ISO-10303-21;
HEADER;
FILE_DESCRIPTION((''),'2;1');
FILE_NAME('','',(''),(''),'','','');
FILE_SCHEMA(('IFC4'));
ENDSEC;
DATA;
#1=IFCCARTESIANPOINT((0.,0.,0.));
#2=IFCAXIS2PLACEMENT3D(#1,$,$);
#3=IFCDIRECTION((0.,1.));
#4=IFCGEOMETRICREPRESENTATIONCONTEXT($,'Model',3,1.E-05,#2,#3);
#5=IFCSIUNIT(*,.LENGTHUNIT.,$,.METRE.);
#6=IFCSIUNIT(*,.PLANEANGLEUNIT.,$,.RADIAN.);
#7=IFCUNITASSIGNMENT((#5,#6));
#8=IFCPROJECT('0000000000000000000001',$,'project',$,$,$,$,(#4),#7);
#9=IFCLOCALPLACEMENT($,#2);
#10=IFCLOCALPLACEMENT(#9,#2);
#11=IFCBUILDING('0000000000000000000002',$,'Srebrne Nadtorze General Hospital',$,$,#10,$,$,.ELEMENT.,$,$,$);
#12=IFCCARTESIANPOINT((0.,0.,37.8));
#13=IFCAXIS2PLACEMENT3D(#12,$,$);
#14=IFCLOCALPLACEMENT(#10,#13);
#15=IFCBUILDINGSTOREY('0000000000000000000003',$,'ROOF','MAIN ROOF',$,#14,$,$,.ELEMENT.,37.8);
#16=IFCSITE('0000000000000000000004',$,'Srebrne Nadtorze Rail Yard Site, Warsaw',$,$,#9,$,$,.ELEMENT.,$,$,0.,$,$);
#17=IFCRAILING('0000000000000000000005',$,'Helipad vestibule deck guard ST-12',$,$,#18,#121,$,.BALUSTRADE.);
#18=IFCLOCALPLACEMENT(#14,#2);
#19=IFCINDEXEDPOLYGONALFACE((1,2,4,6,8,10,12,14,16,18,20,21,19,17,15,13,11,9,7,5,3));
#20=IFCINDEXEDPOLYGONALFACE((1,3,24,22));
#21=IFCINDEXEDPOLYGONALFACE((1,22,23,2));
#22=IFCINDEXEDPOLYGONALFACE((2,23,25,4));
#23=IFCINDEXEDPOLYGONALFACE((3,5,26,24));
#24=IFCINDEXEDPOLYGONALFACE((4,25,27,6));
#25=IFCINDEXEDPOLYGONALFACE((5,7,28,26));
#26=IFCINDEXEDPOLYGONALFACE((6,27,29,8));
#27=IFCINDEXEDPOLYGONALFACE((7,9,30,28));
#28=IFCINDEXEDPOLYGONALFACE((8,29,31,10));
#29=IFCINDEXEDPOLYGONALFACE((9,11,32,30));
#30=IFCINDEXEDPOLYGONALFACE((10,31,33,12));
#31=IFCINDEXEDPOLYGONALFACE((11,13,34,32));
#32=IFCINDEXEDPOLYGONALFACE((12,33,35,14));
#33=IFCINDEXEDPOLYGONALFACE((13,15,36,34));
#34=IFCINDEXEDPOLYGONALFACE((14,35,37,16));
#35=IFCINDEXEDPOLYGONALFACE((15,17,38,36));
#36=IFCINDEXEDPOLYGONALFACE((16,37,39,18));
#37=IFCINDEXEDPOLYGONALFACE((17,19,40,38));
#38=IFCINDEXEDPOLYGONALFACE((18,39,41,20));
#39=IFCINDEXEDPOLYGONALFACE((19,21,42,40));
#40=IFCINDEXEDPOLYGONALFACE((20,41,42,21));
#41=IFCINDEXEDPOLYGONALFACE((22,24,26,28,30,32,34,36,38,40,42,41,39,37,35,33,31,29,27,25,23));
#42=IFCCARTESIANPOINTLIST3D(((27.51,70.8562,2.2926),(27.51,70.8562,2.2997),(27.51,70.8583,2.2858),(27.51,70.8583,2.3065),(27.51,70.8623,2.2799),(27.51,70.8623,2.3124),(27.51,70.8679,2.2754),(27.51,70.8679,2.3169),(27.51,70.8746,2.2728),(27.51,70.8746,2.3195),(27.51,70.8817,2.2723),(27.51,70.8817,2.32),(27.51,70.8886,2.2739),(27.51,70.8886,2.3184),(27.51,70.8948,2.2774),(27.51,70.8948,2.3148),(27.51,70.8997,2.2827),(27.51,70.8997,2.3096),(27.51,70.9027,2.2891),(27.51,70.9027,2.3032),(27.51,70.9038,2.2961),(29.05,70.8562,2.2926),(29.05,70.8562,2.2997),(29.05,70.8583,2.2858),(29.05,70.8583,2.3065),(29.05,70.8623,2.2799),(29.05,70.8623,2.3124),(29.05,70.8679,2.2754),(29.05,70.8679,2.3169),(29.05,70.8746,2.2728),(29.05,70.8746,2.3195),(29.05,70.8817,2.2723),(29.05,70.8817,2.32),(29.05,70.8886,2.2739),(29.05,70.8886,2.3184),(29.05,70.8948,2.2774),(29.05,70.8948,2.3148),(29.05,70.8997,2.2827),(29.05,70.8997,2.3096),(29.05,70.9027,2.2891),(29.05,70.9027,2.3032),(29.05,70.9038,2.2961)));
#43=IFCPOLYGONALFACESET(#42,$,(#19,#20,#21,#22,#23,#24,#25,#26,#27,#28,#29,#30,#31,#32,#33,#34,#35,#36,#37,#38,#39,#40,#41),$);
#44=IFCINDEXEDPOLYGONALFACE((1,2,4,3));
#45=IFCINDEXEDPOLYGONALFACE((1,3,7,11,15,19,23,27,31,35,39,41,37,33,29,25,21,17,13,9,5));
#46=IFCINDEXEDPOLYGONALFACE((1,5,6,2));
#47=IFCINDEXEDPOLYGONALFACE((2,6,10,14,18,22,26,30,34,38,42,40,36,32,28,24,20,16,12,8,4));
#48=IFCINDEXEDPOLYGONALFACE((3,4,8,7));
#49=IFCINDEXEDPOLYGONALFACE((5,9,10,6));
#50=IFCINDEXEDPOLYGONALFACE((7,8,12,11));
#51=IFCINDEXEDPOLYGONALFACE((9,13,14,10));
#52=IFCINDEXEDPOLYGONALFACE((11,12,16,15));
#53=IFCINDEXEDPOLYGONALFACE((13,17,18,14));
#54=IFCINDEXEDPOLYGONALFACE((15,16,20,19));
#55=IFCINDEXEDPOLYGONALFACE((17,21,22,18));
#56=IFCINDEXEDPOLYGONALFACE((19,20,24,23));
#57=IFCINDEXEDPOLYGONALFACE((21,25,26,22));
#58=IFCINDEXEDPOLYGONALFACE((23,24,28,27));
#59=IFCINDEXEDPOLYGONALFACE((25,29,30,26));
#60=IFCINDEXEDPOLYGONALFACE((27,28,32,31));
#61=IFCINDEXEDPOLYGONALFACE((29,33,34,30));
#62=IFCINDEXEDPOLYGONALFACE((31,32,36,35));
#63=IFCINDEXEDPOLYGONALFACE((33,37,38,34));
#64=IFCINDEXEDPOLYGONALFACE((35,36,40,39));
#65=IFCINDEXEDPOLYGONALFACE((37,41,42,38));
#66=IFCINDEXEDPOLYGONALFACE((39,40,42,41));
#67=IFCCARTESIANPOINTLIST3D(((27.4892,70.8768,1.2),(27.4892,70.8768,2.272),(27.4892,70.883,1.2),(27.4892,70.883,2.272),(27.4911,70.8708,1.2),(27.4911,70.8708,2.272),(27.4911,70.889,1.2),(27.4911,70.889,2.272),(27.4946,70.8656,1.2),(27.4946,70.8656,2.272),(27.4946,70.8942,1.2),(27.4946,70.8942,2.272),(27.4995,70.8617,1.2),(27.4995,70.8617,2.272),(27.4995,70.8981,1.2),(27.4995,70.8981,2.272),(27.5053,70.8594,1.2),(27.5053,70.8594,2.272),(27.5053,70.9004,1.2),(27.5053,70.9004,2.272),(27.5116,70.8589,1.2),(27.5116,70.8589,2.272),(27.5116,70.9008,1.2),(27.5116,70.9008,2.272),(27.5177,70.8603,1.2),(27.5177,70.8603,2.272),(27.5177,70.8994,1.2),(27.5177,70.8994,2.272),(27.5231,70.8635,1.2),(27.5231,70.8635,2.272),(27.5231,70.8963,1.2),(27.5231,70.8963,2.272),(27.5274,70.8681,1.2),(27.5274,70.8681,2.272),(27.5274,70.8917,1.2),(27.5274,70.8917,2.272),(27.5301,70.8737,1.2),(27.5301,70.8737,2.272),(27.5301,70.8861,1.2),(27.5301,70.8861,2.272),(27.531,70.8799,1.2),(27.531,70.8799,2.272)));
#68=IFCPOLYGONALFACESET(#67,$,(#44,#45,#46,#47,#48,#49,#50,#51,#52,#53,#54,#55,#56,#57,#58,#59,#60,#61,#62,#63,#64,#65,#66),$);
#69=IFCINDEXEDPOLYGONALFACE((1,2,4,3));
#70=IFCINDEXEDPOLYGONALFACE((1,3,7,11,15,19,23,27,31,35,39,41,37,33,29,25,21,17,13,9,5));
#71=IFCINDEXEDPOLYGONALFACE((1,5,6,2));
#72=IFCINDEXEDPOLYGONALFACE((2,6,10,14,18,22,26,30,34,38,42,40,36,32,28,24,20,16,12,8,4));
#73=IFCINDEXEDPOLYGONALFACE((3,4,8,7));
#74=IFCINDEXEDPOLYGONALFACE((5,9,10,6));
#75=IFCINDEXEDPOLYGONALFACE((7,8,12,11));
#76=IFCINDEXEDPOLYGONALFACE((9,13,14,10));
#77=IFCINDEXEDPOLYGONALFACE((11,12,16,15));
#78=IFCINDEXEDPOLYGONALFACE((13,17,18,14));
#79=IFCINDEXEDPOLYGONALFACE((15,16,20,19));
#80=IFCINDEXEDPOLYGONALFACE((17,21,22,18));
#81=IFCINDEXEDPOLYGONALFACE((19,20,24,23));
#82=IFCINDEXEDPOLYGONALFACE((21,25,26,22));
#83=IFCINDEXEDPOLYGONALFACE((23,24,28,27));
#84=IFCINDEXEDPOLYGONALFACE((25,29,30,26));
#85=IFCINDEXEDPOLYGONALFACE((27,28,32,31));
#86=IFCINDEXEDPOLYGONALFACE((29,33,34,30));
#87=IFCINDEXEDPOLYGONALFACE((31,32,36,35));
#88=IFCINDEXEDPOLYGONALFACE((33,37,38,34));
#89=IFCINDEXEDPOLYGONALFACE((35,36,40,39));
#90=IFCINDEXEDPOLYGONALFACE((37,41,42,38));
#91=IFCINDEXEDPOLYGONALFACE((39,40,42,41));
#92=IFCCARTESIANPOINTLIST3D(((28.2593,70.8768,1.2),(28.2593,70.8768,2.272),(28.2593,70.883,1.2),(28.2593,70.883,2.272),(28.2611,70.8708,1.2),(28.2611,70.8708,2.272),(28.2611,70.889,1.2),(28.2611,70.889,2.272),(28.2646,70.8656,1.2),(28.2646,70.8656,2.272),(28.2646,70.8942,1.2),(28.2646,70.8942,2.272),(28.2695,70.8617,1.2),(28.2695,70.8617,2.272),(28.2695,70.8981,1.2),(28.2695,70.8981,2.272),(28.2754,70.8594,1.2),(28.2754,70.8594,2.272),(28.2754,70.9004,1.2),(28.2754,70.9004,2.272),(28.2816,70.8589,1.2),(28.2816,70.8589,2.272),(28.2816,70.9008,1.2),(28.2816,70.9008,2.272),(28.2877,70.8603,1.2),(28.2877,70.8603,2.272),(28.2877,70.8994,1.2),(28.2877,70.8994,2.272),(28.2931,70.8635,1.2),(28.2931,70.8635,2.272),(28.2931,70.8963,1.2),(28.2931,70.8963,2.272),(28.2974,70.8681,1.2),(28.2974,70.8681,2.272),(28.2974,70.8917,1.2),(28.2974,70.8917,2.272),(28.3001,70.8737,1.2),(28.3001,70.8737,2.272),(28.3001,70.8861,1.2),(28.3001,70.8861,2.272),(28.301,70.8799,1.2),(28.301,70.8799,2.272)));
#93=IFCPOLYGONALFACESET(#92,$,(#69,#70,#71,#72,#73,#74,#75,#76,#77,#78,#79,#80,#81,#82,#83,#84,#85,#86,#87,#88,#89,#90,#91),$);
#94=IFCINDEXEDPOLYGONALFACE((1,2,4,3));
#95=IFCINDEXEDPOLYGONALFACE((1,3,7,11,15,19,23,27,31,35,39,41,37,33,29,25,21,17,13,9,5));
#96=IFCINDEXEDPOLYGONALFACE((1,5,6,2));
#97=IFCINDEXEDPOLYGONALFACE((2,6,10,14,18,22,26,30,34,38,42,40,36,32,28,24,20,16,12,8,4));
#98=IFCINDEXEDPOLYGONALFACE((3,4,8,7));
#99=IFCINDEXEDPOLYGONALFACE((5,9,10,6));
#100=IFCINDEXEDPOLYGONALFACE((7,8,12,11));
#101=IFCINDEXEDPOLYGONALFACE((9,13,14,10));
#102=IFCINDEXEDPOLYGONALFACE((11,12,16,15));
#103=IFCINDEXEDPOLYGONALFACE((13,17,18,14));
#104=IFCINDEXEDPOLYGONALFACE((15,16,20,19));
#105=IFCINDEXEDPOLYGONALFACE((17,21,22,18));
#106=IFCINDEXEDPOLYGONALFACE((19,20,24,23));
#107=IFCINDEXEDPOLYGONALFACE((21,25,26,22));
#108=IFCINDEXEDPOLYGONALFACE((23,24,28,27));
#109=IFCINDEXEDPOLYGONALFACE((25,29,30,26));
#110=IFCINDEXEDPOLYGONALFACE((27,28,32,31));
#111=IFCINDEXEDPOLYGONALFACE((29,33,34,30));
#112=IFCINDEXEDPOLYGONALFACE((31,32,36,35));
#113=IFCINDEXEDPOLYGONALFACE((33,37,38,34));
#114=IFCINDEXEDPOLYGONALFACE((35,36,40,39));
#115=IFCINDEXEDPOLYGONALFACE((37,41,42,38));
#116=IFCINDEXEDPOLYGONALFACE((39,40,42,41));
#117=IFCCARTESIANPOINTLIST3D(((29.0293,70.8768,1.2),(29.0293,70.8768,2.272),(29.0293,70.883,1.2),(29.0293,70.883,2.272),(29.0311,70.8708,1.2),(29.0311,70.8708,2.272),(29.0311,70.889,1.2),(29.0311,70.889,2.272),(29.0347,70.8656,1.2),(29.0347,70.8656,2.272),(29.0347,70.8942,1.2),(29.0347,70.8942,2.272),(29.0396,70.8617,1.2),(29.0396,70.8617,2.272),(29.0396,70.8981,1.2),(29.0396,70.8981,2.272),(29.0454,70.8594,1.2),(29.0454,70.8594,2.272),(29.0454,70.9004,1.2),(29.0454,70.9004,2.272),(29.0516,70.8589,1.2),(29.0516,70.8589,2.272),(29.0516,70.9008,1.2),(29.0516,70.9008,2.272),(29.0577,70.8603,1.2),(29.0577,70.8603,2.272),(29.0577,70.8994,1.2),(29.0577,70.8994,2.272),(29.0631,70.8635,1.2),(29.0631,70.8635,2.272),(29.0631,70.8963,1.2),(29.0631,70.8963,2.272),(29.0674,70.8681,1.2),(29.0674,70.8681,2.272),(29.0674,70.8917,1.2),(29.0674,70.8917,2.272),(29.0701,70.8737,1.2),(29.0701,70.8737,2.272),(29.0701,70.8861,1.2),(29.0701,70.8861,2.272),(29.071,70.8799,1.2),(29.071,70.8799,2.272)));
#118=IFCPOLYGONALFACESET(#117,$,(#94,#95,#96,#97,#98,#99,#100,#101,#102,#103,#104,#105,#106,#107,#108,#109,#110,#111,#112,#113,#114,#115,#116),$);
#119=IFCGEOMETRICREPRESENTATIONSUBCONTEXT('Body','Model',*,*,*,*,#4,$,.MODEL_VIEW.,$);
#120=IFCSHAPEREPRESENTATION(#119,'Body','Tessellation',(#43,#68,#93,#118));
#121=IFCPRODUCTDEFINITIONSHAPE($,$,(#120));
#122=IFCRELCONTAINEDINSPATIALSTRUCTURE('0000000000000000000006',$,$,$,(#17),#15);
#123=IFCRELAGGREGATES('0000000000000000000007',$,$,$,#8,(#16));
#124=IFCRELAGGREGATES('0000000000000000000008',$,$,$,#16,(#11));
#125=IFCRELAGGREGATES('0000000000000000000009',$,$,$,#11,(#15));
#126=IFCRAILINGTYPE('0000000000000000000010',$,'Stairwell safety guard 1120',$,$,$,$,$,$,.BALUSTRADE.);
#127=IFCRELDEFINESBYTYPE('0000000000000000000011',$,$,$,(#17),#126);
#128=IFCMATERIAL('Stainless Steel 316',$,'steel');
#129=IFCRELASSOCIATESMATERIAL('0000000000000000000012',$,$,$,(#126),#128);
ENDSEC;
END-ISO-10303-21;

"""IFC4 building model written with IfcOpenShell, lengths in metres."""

from ifc_helpers import new_model, si_unit, direction, frame, origin, origin_2d, place, context, subcontext, project, spatial, circle, extrude, material, type_object, element, save


model = new_model("IFC4")

# Units and contexts
model_context = context("Model", 3, precision=1e-05, world=origin(), true_north=direction((0.0, 1.0)))
body_context = subcontext(model_context, "Body", "Model", "MODEL_VIEW")
ifc_project = project(units=[si_unit("LENGTHUNIT", "METRE"), si_unit("PLANEANGLEUNIT", "RADIAN")], contexts=[model_context])

# Site, building, storey
site_placement = place(None, origin())
site = spatial("IfcSite", under=ifc_project, at=site_placement, Name="Srebrne Nadtorze Rail Yard Site, Warsaw", CompositionType="ELEMENT", RefElevation=0.0)
building_placement = place(site_placement, origin())
building = spatial("IfcBuilding", under=site, at=building_placement, Name="Srebrne Nadtorze General Hospital", CompositionType="ELEMENT")
storey_placement = place(building_placement, frame((0.0, 0.0, 37.8)))
storey = spatial("IfcBuildingStorey", under=building, at=storey_placement, Name="ROOF", Description="MAIN ROOF", CompositionType="ELEMENT", Elevation=37.8)

# Railing
ifc_material_1 = material(Name="Stainless Steel 316", Category="steel")
railing_type_1 = type_object("IfcRailingType", Name="Stairwell safety guard 1120", PredefinedType="BALUSTRADE", material=ifc_material_1)
for number, where, name in (
    (1, (27.51, 70.8799, 1.2), "Helipad vestibule deck guard ST-12"),
):
    element("IfcRailing", number, at=place(storey_placement, frame(where)), inside=storey, type_object=railing_type_1, Name=name, PredefinedType="BALUSTRADE", context=body_context, shape_type="SweptSolid", body=[
        extrude(circle(Radius=0.0239, at=origin_2d()), frame((0.0, 0.0, 1.0962), z_axis=(1.0, 0.0, 0.0), x_axis=(0.0, 1.0, 0.0)), (0.0, 0.0, 1.0), 1.54),
        extrude(circle(Radius=0.021, at=origin_2d()), origin(), (0.0, 0.0, 1.0), 1.072),
        extrude(circle(Radius=0.021, at=origin_2d()), frame((0.77, 0.0, 0.0)), (0.0, 0.0, 1.0), 1.072),
        extrude(circle(Radius=0.021, at=origin_2d()), frame((1.54, 0.0, 0.0)), (0.0, 0.0, 1.0), 1.072),
    ])

save(model, "model.ifc")
